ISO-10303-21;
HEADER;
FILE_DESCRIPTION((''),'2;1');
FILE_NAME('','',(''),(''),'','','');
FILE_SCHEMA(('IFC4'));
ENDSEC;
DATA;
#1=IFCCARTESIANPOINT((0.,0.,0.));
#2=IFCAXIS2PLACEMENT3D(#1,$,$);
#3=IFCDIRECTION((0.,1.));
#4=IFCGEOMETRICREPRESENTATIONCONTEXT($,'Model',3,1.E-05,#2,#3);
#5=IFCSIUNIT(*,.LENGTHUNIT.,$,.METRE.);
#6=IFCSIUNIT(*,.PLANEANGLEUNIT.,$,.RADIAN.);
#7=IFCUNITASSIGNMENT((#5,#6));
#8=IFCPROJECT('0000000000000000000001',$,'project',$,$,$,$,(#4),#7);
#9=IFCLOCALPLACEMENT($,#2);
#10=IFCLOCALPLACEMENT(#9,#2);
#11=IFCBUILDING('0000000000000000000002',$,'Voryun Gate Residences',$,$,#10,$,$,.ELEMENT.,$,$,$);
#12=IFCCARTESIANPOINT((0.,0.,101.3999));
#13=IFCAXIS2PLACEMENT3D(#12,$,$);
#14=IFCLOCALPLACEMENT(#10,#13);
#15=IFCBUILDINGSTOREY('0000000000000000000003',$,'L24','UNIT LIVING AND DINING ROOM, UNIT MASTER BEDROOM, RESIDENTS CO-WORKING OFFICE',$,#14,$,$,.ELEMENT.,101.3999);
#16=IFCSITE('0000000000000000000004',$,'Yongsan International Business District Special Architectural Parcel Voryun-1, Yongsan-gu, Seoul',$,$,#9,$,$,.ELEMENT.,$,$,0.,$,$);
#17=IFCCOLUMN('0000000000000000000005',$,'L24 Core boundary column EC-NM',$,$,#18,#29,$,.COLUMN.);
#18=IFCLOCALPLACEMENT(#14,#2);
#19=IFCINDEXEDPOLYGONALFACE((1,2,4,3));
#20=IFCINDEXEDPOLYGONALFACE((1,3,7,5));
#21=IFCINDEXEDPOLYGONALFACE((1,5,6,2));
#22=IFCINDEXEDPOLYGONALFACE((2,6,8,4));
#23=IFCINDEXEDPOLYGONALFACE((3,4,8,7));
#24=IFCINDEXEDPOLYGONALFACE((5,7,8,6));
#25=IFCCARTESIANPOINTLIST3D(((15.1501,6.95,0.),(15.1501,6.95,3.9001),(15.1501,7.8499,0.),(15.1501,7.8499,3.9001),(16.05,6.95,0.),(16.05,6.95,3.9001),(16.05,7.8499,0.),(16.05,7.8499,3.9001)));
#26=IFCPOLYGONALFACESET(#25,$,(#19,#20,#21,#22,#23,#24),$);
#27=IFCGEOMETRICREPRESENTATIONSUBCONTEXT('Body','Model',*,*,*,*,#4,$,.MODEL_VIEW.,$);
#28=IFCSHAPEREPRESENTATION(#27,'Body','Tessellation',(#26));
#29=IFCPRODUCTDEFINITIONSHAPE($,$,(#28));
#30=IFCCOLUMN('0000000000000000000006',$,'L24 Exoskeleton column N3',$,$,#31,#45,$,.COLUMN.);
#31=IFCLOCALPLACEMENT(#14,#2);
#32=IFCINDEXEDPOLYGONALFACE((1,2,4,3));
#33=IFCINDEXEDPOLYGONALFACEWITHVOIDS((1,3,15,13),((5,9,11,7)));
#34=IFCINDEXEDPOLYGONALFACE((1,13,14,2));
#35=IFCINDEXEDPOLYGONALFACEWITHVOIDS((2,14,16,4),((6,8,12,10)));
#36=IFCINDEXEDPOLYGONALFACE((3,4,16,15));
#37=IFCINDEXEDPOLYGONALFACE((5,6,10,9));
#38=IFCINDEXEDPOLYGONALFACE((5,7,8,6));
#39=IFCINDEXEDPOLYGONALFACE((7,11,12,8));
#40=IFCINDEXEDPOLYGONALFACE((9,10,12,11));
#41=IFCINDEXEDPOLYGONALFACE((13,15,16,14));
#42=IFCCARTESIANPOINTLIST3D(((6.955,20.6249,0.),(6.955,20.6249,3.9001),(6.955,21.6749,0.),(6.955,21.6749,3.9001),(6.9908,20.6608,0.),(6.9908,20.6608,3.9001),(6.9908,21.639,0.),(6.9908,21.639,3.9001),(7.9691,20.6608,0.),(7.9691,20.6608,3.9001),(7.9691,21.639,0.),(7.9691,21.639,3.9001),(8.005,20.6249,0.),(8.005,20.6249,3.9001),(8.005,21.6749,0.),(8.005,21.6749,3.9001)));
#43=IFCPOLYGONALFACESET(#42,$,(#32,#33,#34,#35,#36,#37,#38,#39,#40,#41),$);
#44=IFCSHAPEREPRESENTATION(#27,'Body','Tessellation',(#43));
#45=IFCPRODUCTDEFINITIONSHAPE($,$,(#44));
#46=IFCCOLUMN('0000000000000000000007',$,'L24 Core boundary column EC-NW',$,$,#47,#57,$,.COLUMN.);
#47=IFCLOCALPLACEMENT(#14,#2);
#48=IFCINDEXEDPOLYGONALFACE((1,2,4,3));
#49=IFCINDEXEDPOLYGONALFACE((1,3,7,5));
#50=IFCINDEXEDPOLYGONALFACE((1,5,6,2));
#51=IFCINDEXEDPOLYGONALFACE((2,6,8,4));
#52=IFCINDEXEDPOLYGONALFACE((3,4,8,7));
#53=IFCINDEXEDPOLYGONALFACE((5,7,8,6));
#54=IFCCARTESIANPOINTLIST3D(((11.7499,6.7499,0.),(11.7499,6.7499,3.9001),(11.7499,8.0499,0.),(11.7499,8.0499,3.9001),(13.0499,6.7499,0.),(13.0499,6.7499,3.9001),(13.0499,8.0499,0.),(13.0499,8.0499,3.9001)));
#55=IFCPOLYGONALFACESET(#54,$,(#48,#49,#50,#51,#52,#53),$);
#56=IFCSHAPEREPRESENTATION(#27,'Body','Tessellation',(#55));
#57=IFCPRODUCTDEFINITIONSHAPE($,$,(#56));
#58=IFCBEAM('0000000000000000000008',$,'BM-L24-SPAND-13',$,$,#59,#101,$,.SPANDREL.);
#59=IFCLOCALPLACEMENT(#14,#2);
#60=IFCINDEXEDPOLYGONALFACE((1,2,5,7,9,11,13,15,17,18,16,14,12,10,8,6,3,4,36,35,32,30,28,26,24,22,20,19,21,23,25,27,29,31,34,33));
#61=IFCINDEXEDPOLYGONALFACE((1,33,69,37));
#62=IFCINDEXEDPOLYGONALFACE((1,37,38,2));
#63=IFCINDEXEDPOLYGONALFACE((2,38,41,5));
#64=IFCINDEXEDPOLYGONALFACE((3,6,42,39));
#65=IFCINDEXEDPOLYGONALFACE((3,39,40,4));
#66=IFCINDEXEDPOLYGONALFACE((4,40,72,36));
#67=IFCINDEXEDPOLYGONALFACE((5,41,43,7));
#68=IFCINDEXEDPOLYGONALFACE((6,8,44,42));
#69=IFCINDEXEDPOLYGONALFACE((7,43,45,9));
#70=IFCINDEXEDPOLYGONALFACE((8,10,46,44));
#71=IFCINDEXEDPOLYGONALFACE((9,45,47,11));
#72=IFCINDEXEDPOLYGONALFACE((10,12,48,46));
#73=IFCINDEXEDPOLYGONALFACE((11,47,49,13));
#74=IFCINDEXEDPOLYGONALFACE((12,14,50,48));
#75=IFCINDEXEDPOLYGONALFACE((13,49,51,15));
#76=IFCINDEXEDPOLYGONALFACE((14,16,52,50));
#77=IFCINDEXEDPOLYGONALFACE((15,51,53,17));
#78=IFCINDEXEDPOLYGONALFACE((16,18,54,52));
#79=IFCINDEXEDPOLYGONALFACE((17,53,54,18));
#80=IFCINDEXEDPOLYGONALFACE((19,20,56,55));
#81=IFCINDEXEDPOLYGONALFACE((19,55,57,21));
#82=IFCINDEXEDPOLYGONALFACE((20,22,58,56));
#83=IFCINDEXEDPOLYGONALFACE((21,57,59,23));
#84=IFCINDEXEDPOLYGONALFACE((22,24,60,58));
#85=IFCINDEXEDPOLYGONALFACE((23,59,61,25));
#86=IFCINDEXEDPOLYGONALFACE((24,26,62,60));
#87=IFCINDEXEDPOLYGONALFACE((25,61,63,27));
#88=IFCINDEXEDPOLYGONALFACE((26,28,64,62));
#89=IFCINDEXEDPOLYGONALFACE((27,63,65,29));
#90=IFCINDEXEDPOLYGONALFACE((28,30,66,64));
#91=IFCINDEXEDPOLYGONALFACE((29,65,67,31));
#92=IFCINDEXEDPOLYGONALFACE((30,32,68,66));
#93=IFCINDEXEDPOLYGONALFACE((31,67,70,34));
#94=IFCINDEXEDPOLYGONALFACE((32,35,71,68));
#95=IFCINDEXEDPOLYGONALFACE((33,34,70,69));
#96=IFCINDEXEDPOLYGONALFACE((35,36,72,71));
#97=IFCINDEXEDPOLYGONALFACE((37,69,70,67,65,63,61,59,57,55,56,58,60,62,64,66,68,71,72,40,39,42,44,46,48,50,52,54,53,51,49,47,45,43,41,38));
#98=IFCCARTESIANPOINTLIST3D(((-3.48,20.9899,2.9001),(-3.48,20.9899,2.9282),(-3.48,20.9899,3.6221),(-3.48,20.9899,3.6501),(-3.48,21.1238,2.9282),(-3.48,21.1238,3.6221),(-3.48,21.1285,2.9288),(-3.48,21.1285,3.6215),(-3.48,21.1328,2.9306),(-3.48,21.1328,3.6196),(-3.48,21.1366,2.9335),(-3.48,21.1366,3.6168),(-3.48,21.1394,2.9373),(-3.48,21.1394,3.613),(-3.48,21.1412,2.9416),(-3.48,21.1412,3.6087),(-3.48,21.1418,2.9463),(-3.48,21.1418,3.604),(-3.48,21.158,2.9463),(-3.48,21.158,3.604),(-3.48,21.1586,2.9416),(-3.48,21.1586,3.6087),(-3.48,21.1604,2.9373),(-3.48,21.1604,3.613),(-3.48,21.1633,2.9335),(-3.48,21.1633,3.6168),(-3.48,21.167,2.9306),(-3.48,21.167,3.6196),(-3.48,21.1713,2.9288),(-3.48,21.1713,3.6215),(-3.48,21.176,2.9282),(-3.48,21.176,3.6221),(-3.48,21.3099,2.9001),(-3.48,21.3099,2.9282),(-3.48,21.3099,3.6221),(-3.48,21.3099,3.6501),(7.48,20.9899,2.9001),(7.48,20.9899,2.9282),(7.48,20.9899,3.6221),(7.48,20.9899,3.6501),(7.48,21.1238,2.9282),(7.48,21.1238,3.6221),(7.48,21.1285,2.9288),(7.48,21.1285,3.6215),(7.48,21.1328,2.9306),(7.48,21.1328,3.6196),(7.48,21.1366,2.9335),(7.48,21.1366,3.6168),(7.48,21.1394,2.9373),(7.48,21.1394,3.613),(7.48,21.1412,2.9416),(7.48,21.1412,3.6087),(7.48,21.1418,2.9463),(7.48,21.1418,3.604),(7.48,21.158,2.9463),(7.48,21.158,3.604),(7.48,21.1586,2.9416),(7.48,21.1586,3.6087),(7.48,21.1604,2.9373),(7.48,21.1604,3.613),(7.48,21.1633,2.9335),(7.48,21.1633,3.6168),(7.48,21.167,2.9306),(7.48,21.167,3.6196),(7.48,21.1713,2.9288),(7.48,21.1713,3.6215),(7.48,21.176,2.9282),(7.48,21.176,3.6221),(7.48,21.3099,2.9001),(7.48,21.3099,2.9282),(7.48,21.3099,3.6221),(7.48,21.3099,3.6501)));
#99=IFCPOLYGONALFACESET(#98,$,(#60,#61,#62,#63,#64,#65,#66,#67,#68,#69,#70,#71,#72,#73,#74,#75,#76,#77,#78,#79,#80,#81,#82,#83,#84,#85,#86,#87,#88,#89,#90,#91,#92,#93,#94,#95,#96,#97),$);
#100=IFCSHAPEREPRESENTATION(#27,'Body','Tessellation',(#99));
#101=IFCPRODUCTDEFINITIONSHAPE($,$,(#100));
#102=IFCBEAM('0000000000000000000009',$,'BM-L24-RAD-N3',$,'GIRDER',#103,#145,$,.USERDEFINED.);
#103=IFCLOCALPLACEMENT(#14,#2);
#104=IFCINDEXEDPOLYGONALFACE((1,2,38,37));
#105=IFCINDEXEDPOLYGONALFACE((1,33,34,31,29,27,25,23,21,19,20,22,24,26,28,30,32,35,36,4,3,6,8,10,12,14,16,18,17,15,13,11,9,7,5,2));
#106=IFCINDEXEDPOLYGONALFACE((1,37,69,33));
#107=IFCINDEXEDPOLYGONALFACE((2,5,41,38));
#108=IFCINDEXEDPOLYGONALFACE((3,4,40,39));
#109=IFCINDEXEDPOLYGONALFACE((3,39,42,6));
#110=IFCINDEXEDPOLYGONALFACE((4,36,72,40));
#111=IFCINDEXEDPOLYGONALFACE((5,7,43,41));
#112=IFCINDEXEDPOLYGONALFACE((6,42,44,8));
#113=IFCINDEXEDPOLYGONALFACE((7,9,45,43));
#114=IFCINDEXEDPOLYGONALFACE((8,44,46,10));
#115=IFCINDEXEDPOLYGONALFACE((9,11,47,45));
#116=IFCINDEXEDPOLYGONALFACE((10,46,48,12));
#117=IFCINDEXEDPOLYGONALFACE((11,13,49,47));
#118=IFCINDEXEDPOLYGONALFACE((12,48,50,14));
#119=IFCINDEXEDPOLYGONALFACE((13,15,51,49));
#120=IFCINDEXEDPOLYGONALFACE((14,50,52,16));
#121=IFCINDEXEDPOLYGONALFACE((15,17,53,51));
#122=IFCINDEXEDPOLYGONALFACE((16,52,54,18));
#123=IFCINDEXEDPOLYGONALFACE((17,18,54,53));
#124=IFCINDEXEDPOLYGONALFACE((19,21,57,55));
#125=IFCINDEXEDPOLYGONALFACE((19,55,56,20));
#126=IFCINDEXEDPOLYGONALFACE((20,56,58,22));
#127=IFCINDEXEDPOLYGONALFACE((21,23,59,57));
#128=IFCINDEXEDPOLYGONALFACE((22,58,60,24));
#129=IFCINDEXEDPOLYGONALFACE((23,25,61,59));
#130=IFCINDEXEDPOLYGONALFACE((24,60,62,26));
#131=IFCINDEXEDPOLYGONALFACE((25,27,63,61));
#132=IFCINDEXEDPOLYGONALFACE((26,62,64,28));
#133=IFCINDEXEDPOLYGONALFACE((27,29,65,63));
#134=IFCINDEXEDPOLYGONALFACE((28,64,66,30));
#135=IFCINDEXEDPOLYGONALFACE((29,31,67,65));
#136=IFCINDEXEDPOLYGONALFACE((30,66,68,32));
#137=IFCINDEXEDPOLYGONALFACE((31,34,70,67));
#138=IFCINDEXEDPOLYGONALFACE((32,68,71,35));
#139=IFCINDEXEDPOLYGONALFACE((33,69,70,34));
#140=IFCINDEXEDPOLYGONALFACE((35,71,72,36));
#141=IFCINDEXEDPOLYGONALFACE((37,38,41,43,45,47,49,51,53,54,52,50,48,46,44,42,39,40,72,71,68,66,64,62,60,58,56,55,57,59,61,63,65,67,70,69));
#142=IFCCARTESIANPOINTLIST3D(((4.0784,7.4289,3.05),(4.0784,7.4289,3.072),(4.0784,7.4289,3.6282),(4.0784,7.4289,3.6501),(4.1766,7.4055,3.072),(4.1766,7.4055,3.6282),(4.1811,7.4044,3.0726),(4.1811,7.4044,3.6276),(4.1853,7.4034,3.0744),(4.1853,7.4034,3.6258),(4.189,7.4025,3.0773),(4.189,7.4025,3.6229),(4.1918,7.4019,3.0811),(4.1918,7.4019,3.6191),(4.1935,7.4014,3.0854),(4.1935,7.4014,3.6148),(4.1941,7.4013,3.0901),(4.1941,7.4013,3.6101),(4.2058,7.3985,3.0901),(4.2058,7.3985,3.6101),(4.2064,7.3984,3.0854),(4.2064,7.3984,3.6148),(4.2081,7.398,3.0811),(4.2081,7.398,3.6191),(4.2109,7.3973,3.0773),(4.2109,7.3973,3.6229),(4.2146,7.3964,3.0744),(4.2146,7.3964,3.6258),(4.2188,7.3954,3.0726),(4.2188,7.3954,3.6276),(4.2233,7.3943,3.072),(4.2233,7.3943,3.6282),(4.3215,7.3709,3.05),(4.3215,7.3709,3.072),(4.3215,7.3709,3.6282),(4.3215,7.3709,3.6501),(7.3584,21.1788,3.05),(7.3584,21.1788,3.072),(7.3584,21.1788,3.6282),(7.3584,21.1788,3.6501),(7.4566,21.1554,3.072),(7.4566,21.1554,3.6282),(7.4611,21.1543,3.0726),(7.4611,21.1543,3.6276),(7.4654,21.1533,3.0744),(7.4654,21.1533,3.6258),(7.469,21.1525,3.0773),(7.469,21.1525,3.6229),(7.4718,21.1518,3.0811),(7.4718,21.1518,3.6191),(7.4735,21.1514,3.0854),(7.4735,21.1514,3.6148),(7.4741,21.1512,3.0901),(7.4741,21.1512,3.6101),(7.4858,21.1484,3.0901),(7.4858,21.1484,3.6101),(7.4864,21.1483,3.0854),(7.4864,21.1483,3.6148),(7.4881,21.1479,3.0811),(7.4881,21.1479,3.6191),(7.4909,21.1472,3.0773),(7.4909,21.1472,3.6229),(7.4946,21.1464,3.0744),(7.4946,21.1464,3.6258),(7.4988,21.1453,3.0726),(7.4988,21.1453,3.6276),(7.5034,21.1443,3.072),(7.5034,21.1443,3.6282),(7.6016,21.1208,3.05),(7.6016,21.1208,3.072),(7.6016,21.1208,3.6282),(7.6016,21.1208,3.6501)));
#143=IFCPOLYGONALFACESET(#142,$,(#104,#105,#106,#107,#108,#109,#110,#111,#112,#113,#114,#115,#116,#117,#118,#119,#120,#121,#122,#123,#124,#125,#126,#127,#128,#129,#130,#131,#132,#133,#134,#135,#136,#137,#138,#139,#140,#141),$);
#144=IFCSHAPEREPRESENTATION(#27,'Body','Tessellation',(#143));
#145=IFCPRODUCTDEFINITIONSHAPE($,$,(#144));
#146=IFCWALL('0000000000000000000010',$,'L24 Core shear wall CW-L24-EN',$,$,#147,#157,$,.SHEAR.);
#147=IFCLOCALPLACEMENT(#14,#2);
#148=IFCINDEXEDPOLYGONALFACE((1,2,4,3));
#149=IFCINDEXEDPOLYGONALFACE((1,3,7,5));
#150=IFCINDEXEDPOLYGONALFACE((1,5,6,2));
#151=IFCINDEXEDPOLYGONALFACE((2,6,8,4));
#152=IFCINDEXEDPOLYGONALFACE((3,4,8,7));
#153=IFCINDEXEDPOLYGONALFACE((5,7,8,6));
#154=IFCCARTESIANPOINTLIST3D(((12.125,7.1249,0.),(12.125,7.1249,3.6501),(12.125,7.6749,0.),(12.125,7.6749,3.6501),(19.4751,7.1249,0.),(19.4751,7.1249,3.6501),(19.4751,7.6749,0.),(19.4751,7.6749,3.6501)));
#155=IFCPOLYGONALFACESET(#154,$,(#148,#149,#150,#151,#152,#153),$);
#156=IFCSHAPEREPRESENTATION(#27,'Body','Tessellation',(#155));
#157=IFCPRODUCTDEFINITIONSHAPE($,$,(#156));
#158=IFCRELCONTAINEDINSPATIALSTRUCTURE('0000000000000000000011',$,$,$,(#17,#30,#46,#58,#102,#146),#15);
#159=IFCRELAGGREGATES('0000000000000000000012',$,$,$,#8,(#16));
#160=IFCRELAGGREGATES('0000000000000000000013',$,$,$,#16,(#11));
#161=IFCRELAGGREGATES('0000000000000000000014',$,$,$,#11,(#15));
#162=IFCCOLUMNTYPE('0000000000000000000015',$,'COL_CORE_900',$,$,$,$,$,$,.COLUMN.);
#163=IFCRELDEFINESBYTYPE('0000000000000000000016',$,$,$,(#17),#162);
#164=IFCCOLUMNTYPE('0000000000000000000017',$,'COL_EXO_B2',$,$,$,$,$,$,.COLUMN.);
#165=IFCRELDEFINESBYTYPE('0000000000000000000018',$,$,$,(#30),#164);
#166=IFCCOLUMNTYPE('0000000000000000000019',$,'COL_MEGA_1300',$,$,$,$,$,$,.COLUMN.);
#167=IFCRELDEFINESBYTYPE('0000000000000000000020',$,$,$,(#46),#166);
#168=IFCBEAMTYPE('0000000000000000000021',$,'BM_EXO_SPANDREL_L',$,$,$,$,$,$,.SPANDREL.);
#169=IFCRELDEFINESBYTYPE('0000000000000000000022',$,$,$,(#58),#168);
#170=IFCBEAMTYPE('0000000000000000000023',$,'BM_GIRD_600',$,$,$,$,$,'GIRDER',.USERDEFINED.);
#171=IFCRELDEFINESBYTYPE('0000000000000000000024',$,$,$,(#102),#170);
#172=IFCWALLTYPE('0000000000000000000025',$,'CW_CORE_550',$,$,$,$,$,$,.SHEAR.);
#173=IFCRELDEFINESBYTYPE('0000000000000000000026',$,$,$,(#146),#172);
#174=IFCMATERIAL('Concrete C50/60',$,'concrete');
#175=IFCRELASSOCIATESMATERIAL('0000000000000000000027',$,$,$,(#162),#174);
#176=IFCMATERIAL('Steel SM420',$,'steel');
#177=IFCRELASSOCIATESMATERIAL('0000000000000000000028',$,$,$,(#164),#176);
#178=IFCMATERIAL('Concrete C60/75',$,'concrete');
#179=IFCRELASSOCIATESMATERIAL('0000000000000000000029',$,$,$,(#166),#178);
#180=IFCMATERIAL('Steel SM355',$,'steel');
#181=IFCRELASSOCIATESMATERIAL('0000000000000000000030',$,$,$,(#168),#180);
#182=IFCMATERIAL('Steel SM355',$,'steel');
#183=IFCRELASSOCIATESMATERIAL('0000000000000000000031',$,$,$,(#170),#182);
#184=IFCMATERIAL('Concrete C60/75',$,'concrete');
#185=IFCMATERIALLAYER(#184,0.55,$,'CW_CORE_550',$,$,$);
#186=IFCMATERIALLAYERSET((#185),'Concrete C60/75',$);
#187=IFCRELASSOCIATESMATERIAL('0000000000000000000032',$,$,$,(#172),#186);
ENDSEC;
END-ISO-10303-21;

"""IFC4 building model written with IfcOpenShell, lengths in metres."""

from ifc_helpers import new_model, si_unit, direction, frame, frame_2d, origin, origin_2d, place, context, subcontext, project, spatial, rectangle, hollow_rectangle, i_section, extrude, material, layer, layer_set, material_profile, profile_set, type_object, element, save


model = new_model("IFC4")

# Units and contexts
model_context = context("Model", 3, precision=1e-05, world=origin(), true_north=direction((0.0, 1.0)))
body_context = subcontext(model_context, "Body", "Model", "MODEL_VIEW")
ifc_project = project(units=[si_unit("LENGTHUNIT", "METRE"), si_unit("PLANEANGLEUNIT", "RADIAN")], contexts=[model_context])

# Site, building, storey
site_placement = place(None, origin())
site = spatial("IfcSite", under=ifc_project, at=site_placement, Name="Yongsan International Business District Special Architectural Parcel Voryun-1, Yongsan-gu, Seoul", CompositionType="ELEMENT", RefElevation=0.0)
building_placement = place(site_placement, origin())
building = spatial("IfcBuilding", under=site, at=building_placement, Name="Voryun Gate Residences", CompositionType="ELEMENT")
storey_placement = place(building_placement, frame((0.0, 0.0, 101.3999)))
storey = spatial("IfcBuildingStorey", under=building, at=storey_placement, Name="L24", Description="UNIT LIVING AND DINING ROOM, UNIT MASTER BEDROOM, RESIDENTS CO-WORKING OFFICE", CompositionType="ELEMENT", Elevation=101.3999)

# Columns
ifc_material_1 = material(Name="Concrete C50/60", Category="concrete")
ifc_material_profile_1 = material_profile(ifc_material_1, rectangle(XDim=0.8999, YDim=0.8999, at=origin_2d()), Name="RC-900x900")
ifc_profile_set_1 = profile_set([ifc_material_profile_1], Name="Concrete C50/60")
column_type_1 = type_object("IfcColumnType", Name="COL_CORE_900", PredefinedType="COLUMN", material=ifc_profile_set_1)
column_1_placement = place(storey_placement, frame((15.6001, 7.3999, 0.0), z_axis=(0.0, 0.0, 1.0), x_axis=(1.0, 0.0, 0.0)))
element("IfcColumn", 1, at=column_1_placement, inside=storey, type_object=column_type_1, Name="L24 Core boundary column EC-NM", PredefinedType="COLUMN", context=body_context, shape_type="SweptSolid", body=[
    extrude(rectangle(XDim=0.8999, YDim=0.8999, at=origin_2d()), origin(), (0.0, 0.0, 1.0), 3.9001),
])
ifc_material_2 = material(Name="Steel SM420", Category="steel")
ifc_material_profile_2 = material_profile(ifc_material_2, hollow_rectangle(XDim=1.05, YDim=1.05, WallThickness=0.0359, at=origin_2d()), Name="BOX-1050x1050x36")
ifc_profile_set_2 = profile_set([ifc_material_profile_2], Name="Steel SM420")
column_type_2 = type_object("IfcColumnType", Name="COL_EXO_B2", PredefinedType="COLUMN", material=ifc_profile_set_2)
column_2_placement = place(storey_placement, frame((7.48, 21.1499, 0.0), z_axis=(0.0, 0.0, 1.0), x_axis=(1.0, 0.0, 0.0)))
element("IfcColumn", 2, at=column_2_placement, inside=storey, type_object=column_type_2, Name="L24 Exoskeleton column N3", PredefinedType="COLUMN", context=body_context, shape_type="SweptSolid", body=[
    extrude(hollow_rectangle(XDim=1.05, YDim=1.05, WallThickness=0.0359, at=origin_2d()), origin(), (0.0, 0.0, 1.0), 3.9001),
])
ifc_material_3 = material(Name="Concrete C60/75", Category="concrete")
ifc_material_profile_3 = material_profile(ifc_material_3, rectangle(XDim=1.3, YDim=1.3, at=origin_2d()), Name="RC-1300x1300")
ifc_profile_set_3 = profile_set([ifc_material_profile_3], Name="Concrete C60/75")
column_type_3 = type_object("IfcColumnType", Name="COL_MEGA_1300", PredefinedType="COLUMN", material=ifc_profile_set_3)
column_3_placement = place(storey_placement, frame((12.3999, 7.3999, 0.0), z_axis=(0.0, 0.0, 1.0), x_axis=(1.0, 0.0, 0.0)))
element("IfcColumn", 3, at=column_3_placement, inside=storey, type_object=column_type_3, Name="L24 Core boundary column EC-NW", PredefinedType="COLUMN", context=body_context, shape_type="SweptSolid", body=[
    extrude(rectangle(XDim=1.3, YDim=1.3, at=origin_2d()), origin(), (0.0, 0.0, 1.0), 3.9001),
])

# Beams
ifc_material_4 = material(Name="Steel SM355", Category="steel")
ifc_material_profile_4 = material_profile(ifc_material_4, i_section(OverallWidth=0.3201, OverallDepth=0.75, WebThickness=0.0161, FlangeThickness=0.0281, FilletRadius=0.0181, at=origin_2d()), Name="H-750x320x16x28")
ifc_profile_set_4 = profile_set([ifc_material_profile_4], Name="Steel SM355")
beam_type_1 = type_object("IfcBeamType", Name="BM_EXO_SPANDREL_L", PredefinedType="SPANDREL", material=ifc_profile_set_4)
beam_1_placement = place(storey_placement, frame((7.48, 21.1499, 3.2751), z_axis=(-1.0, 0.0, 0.0), x_axis=(0.0, -1.0, 0.0)))
element("IfcBeam", 4, at=beam_1_placement, inside=storey, type_object=beam_type_1, Name="BM-L24-SPAND-13", PredefinedType="SPANDREL", context=body_context, shape_type="SweptSolid", body=[
    extrude(i_section(OverallWidth=0.3201, OverallDepth=0.75, WebThickness=0.0161, FlangeThickness=0.0281, FilletRadius=0.0181, at=origin_2d()), origin(), (0.0, 0.0, 1.0), 10.96),
])
ifc_material_5 = material(Name="Steel SM355", Category="steel")
ifc_material_profile_5 = material_profile(ifc_material_5, i_section(OverallWidth=0.25, OverallDepth=0.6001, WebThickness=0.012, FlangeThickness=0.022, FilletRadius=0.0181, at=origin_2d()), Name="H-600x250x12x22")
ifc_profile_set_5 = profile_set([ifc_material_profile_5], Name="Steel SM355")
beam_type_2 = type_object("IfcBeamType", Name="BM_GIRD_600", ElementType="GIRDER", PredefinedType="USERDEFINED", material=ifc_profile_set_5)
beam_2_placement = place(storey_placement, frame((4.2, 7.3999, 3.3501), z_axis=(0.232037, 0.972707, 0.0), x_axis=(-0.972707, 0.232037, 0.0)))
element("IfcBeam", 5, at=beam_2_placement, inside=storey, type_object=beam_type_2, Name="BM-L24-RAD-N3", ObjectType="GIRDER", PredefinedType="USERDEFINED", context=body_context, shape_type="SweptSolid", body=[
    extrude(i_section(OverallWidth=0.25, OverallDepth=0.6001, WebThickness=0.012, FlangeThickness=0.022, FilletRadius=0.0181, at=origin_2d()), origin(), (0.0, 0.0, 1.0), 14.1357),
])

# Wall
ifc_material_6 = material(Name="Concrete C60/75", Category="concrete")
ifc_layer_1 = layer(ifc_material_6, 0.55, Name="CW_CORE_550")
ifc_layer_set_1 = layer_set([ifc_layer_1], Name="Concrete C60/75")
wall_type_1 = type_object("IfcWallType", Name="CW_CORE_550", PredefinedType="SHEAR", material=ifc_layer_set_1)
wall_1_placement = place(storey_placement, frame((12.125, 7.3999, 0.0), z_axis=(0.0, 0.0, 1.0), x_axis=(1.0, 0.0, 0.0)))
element("IfcWall", 6, at=wall_1_placement, inside=storey, type_object=wall_type_1, Name="L24 Core shear wall CW-L24-EN", PredefinedType="SHEAR", context=body_context, shape_type="SweptSolid", body=[
    extrude(rectangle(XDim=7.3501, YDim=0.55, at=frame_2d((3.675, 0.0))), origin(), (0.0, 0.0, 1.0), 3.6501),
])

save(model, "model.ifc")
